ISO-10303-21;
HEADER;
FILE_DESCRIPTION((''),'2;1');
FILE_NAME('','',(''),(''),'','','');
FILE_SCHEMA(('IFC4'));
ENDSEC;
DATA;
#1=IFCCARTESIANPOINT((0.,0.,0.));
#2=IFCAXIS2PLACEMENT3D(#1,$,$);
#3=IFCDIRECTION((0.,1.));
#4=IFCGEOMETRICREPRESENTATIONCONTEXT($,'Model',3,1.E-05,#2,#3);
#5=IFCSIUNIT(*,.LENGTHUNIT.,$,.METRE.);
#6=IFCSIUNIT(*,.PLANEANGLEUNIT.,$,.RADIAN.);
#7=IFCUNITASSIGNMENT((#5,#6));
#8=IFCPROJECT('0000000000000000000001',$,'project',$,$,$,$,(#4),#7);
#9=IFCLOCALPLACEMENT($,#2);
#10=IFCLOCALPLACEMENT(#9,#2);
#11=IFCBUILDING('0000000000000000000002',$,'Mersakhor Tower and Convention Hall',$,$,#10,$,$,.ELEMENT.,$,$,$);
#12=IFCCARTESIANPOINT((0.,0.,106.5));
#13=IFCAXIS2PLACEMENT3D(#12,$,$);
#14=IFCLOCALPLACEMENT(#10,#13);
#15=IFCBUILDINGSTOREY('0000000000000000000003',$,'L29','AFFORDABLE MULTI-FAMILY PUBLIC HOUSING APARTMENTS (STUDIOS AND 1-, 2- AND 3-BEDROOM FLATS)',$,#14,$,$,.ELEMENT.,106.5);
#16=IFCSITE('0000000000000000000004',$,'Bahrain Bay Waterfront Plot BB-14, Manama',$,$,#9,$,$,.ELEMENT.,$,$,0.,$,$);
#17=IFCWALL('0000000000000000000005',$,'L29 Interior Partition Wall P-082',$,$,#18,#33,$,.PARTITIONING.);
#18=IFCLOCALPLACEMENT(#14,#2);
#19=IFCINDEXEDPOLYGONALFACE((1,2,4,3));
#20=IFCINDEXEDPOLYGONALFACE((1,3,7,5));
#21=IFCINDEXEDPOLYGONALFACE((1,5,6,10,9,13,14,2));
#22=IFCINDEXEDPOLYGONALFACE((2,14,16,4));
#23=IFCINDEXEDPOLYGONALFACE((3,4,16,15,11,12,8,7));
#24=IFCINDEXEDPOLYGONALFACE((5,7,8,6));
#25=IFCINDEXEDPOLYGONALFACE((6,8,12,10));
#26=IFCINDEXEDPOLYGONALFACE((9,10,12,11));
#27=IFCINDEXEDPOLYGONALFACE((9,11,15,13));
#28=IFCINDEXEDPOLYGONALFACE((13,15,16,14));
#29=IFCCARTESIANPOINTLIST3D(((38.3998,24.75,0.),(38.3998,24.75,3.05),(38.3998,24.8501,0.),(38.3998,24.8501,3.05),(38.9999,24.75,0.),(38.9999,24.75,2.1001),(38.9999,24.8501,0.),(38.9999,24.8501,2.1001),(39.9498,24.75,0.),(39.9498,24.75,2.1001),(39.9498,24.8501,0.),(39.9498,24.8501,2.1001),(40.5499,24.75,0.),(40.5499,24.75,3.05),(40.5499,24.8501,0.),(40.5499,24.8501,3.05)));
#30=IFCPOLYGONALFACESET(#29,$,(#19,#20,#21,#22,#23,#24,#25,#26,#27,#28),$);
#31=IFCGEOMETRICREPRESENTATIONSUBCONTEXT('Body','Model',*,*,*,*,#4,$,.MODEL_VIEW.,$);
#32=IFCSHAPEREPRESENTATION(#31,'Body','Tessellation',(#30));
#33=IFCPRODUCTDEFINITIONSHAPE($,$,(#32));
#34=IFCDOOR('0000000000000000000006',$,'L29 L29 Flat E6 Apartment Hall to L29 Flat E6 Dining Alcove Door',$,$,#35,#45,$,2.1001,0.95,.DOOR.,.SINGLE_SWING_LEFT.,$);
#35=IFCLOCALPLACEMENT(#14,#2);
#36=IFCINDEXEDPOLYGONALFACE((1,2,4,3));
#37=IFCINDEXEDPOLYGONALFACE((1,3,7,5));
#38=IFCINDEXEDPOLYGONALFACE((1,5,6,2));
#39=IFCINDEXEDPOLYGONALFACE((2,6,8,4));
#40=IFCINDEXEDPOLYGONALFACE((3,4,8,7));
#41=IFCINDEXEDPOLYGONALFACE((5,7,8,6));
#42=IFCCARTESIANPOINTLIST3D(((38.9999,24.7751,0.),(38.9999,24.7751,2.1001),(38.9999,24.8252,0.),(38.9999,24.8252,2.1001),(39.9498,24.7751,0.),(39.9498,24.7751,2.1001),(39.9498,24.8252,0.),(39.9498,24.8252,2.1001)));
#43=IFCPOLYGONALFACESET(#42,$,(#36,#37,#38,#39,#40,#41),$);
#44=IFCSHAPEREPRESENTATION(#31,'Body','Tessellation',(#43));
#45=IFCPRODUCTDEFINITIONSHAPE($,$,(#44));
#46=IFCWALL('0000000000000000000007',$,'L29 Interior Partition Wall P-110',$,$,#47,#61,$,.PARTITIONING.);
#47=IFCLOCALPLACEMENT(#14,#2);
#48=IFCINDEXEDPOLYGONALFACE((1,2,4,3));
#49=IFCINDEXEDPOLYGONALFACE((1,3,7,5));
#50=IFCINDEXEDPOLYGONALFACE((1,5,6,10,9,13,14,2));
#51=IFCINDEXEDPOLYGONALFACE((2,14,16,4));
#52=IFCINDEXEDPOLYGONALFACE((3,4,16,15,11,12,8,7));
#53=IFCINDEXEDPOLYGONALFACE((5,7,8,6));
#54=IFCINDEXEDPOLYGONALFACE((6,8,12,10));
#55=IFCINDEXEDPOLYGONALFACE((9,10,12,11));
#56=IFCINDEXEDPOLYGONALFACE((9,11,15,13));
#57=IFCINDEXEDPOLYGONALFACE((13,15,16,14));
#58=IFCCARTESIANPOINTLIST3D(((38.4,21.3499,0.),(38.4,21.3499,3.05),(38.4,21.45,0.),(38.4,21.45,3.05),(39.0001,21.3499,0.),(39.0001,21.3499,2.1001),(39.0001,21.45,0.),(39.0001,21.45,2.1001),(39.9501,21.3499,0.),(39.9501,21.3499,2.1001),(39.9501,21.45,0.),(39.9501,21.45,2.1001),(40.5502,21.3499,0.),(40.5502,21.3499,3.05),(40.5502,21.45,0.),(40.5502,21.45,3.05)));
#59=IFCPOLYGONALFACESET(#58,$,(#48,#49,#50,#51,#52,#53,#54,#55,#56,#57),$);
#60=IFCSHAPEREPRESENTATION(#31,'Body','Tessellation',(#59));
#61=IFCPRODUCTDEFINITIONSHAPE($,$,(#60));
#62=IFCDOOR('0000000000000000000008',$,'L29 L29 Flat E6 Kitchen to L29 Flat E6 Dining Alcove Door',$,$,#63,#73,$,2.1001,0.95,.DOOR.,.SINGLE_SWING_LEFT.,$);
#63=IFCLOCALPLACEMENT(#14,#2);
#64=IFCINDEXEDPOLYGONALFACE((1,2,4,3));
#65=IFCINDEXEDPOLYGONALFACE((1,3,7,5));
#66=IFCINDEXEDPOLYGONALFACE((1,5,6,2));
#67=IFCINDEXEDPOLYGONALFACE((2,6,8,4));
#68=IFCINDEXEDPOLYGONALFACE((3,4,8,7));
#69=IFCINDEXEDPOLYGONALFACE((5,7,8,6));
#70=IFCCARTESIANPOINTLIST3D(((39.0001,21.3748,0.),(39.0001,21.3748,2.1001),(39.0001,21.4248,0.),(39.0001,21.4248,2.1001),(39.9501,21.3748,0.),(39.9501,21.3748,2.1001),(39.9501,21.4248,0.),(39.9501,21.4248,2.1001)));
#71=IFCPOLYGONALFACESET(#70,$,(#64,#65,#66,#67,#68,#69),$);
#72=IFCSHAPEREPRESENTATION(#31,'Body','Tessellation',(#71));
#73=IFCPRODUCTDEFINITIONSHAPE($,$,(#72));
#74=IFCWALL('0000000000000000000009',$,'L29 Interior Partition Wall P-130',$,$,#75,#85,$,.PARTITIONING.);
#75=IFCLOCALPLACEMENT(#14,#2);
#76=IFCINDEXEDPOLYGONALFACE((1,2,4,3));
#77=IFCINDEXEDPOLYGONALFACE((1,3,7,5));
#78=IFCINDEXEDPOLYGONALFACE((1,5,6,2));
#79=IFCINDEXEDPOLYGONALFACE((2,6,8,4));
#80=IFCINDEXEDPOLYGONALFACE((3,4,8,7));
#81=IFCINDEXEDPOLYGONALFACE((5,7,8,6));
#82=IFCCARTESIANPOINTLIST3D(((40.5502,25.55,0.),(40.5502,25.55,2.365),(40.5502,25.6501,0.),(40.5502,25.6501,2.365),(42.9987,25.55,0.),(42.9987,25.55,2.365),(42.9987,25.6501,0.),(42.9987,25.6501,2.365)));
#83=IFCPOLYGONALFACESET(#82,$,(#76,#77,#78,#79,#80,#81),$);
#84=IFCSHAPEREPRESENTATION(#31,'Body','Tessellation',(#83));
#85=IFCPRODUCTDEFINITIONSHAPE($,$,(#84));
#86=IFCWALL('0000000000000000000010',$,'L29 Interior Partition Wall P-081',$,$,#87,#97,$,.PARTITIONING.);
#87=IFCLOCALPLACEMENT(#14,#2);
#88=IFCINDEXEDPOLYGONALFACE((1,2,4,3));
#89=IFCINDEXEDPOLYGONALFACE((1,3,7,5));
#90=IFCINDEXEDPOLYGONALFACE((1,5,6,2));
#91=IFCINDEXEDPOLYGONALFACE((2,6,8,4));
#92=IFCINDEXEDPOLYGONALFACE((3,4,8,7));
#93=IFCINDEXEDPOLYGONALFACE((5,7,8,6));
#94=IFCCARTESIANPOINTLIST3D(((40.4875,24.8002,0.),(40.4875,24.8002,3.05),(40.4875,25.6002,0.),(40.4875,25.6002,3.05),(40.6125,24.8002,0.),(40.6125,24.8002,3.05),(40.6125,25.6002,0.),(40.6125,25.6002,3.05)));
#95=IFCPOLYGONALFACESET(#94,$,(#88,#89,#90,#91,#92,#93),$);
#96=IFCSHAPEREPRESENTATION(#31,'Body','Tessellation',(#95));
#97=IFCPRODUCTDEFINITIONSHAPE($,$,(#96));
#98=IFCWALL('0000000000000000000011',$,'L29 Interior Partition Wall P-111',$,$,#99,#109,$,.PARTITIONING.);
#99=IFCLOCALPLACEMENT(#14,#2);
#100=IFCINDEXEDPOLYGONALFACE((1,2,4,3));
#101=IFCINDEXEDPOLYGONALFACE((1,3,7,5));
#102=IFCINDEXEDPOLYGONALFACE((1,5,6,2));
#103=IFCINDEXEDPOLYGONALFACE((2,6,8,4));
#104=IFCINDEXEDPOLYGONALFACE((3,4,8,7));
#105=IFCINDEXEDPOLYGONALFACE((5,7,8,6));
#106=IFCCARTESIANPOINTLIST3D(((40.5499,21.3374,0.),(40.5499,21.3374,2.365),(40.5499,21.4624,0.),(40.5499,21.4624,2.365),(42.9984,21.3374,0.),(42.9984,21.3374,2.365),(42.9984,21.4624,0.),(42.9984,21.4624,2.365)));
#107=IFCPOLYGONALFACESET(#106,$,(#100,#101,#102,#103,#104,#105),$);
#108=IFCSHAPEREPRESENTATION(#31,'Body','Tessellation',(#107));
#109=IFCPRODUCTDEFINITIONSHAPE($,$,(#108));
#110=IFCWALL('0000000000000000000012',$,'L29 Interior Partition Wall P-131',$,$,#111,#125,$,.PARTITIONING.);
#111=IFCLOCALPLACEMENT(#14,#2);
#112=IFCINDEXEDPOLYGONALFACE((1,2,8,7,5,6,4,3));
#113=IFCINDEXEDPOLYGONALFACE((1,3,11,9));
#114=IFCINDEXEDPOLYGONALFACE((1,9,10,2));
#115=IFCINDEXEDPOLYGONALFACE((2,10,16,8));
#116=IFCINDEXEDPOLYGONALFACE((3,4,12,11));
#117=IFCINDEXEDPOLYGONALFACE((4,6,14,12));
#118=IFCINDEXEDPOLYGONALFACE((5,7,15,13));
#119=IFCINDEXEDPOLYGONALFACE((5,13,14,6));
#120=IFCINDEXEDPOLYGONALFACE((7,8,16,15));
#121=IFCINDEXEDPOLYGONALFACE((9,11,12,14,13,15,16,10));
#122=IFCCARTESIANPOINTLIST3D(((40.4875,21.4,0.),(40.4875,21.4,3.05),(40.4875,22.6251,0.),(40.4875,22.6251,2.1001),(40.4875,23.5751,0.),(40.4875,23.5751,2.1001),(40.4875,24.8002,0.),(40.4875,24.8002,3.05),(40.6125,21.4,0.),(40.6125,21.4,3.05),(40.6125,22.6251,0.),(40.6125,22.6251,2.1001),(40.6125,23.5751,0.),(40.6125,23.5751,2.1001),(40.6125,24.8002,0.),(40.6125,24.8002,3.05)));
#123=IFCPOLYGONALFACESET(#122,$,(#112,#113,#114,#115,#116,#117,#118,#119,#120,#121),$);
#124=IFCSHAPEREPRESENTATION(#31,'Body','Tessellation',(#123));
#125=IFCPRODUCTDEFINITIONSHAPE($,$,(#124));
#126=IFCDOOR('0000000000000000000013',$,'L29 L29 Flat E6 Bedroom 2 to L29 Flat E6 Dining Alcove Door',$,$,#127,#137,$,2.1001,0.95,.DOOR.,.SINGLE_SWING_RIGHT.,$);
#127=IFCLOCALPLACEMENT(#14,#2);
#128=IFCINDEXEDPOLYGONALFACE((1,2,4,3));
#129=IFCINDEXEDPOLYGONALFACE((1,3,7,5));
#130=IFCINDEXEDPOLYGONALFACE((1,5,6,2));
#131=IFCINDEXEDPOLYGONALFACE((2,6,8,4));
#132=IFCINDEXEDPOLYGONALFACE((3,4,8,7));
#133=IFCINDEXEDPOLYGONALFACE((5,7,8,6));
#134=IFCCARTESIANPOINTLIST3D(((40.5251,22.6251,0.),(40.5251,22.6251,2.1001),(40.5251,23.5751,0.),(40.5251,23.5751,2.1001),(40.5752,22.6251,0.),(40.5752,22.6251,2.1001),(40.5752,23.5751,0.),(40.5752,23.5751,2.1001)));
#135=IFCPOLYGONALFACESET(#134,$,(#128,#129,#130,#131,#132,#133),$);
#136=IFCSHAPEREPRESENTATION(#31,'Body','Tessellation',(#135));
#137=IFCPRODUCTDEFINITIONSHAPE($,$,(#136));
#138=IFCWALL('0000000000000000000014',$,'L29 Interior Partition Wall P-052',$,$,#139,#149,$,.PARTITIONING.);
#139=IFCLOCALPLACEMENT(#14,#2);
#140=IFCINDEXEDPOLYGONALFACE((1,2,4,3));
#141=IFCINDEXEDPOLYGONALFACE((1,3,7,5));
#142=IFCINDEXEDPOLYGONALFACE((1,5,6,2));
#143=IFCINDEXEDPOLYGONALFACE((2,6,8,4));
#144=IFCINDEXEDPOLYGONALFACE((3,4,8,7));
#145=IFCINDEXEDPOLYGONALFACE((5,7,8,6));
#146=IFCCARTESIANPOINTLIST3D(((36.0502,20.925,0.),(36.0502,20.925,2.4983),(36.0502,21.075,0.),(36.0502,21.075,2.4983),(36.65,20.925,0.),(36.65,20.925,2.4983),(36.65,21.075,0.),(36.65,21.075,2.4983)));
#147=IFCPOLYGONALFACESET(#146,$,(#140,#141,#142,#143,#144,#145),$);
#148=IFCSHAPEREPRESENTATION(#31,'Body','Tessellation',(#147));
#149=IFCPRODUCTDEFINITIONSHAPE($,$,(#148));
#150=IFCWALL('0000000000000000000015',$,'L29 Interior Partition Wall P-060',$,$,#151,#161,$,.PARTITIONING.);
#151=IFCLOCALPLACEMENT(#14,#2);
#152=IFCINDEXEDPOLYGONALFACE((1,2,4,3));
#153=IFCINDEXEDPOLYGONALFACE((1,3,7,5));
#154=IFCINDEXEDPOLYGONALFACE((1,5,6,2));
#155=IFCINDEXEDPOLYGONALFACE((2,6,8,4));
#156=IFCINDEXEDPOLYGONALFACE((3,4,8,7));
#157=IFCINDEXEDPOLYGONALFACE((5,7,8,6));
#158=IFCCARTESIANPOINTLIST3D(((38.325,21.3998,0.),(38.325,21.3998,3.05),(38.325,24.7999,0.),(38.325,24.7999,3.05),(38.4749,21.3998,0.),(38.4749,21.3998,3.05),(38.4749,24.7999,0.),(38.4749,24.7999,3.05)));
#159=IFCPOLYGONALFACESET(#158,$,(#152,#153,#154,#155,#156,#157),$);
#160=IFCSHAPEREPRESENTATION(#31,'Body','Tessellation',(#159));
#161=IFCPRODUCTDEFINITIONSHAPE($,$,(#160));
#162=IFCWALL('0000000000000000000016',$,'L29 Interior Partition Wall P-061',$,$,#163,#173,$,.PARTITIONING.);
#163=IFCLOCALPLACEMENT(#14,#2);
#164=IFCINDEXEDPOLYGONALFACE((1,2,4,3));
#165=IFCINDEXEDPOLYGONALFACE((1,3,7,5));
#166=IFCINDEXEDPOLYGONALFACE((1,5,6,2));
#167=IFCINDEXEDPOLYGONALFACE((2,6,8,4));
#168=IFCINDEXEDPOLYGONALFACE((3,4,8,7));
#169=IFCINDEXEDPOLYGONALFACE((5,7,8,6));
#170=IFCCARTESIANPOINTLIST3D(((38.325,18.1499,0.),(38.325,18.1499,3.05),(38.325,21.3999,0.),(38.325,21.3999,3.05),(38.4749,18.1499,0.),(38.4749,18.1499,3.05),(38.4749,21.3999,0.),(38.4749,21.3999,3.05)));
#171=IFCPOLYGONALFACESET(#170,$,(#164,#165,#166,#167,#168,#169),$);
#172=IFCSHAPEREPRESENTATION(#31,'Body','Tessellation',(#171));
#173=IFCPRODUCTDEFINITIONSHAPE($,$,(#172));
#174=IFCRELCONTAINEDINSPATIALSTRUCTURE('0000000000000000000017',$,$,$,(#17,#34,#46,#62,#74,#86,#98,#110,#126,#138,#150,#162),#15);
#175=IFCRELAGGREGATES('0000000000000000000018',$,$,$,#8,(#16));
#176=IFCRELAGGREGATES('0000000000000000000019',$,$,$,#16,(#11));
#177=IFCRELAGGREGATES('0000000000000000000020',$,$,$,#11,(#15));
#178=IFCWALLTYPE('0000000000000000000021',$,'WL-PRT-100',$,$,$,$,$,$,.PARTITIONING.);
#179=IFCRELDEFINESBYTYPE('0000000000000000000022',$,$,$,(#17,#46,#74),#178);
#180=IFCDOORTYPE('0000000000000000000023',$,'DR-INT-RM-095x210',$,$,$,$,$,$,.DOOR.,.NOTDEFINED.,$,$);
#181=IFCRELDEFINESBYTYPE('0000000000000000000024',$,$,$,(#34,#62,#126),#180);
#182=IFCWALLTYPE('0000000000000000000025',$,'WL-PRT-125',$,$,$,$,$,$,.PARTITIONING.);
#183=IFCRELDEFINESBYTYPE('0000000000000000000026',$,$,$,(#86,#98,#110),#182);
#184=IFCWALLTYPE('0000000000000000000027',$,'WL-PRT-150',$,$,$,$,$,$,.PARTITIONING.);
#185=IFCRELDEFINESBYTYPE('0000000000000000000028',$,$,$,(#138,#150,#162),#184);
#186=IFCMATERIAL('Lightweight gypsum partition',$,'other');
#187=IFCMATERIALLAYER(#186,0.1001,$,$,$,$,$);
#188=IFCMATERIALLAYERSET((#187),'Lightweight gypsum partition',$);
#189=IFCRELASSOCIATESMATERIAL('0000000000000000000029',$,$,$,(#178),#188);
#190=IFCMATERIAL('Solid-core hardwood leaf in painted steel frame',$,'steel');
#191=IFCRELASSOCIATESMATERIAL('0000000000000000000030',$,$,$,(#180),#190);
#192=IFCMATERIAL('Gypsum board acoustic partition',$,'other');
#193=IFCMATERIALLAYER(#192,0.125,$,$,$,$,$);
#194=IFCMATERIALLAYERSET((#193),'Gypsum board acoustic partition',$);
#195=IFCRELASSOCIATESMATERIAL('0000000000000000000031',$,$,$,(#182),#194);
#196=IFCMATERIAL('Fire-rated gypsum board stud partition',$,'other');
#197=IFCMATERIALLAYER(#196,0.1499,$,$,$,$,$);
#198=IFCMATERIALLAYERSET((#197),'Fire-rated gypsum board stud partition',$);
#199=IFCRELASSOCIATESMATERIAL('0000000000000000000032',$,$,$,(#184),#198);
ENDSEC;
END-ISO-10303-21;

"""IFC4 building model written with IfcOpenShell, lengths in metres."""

from ifc_helpers import new_model, si_unit, direction, frame, frame_2d, origin, place, context, subcontext, project, spatial, rectangle, extrude, material, layer, layer_set, type_object, element, fill, save


model = new_model("IFC4")

# Units and contexts
model_context = context("Model", 3, precision=1e-05, world=origin(), true_north=direction((0.0, 1.0)))
body_context = subcontext(model_context, "Body", "Model", "MODEL_VIEW")
ifc_project = project(units=[si_unit("LENGTHUNIT", "METRE"), si_unit("PLANEANGLEUNIT", "RADIAN")], contexts=[model_context])

# Site, building, storey
site_placement = place(None, origin())
site = spatial("IfcSite", under=ifc_project, at=site_placement, Name="Bahrain Bay Waterfront Plot BB-14, Manama", CompositionType="ELEMENT", RefElevation=0.0)
building_placement = place(site_placement, origin())
building = spatial("IfcBuilding", under=site, at=building_placement, Name="Mersakhor Tower and Convention Hall", CompositionType="ELEMENT")
storey_placement = place(building_placement, frame((0.0, 0.0, 106.5)))
storey = spatial("IfcBuildingStorey", under=building, at=storey_placement, Name="L29", Description="AFFORDABLE MULTI-FAMILY PUBLIC HOUSING APARTMENTS (STUDIOS AND 1-, 2- AND 3-BEDROOM FLATS)", CompositionType="ELEMENT", Elevation=106.5)

# Walls, openings, doors
ifc_material_1 = material(Name="Lightweight gypsum partition", Category="other")
ifc_layer_1 = layer(ifc_material_1, 0.1001)
ifc_layer_set_1 = layer_set([ifc_layer_1], Name="Lightweight gypsum partition")
wall_type_1 = type_object("IfcWallType", Name="WL-PRT-100", PredefinedType="PARTITIONING", material=ifc_layer_set_1)
wall_1_placement = place(storey_placement, frame((40.55, 24.8, 0.0), z_axis=(0.0, 0.0, 1.0), x_axis=(-1.0, 0.0, 0.0)))
wall_1 = element("IfcWall", 1, at=wall_1_placement, inside=storey, type_object=wall_type_1, Name="L29 Interior Partition Wall P-082", PredefinedType="PARTITIONING", context=body_context, shape_type="SweptSolid", body=[
    extrude(rectangle(XDim=2.1501, YDim=0.1001, at=frame_2d((1.0752, 0.0))), origin(), (0.0, 0.0, 1.0), 3.05),
])
opening_1_placement = place(wall_1_placement, frame((0.6001, 0.0, 0.0)))
opening_1 = element("IfcOpeningElement", 2, at=opening_1_placement, cuts=wall_1, PredefinedType="OPENING", context=body_context, shape_type="SweptSolid", body=[
    extrude(rectangle(XDim=0.95, YDim=2.1001, at=frame_2d((0.4751, 1.05))), frame((0.0, 0.0601, 0.0), z_axis=(0.0, -1.0, 0.0), x_axis=(1.0, 0.0, 0.0)), (0.0, 0.0, 1.0), 0.1201),
])
ifc_material_2 = material(Name="Solid-core hardwood leaf in painted steel frame", Category="steel")
door_type = type_object("IfcDoorType", Name="DR-INT-RM-095x210", OperationType="NOTDEFINED", PredefinedType="DOOR", material=ifc_material_2)
door_1_placement = place(opening_1_placement, origin())
door_1 = element("IfcDoor", 3, at=door_1_placement, inside=storey, type_object=door_type, Name="L29 L29 Flat E6 Apartment Hall to L29 Flat E6 Dining Alcove Door", OperationType="SINGLE_SWING_LEFT", OverallHeight=2.1001, OverallWidth=0.95, PredefinedType="DOOR", context=body_context, shape_type="SweptSolid", body=[
    extrude(rectangle(XDim=0.95, YDim=2.1001, at=frame_2d((0.4751, 1.05))), frame((0.0, 0.0249, 0.0), z_axis=(0.0, -1.0, 0.0), x_axis=(1.0, 0.0, 0.0)), (0.0, 0.0, 1.0), 0.05),
])
fill(opening_1, door_1)
wall_2_placement = place(storey_placement, frame((38.3999, 21.3999, 0.0), z_axis=(0.0, 0.0, 1.0), x_axis=(1.0, 0.0, 0.0)))
wall_2 = element("IfcWall", 4, at=wall_2_placement, inside=storey, type_object=wall_type_1, Name="L29 Interior Partition Wall P-110", PredefinedType="PARTITIONING", context=body_context, shape_type="SweptSolid", body=[
    extrude(rectangle(XDim=2.1501, YDim=0.1001, at=frame_2d((1.0752, 0.0))), origin(), (0.0, 0.0, 1.0), 3.05),
])
opening_2_placement = place(wall_2_placement, frame((0.6001, 0.0, 0.0)))
opening_2 = element("IfcOpeningElement", 5, at=opening_2_placement, cuts=wall_2, PredefinedType="OPENING", context=body_context, shape_type="SweptSolid", body=[
    extrude(rectangle(XDim=0.95, YDim=2.1001, at=frame_2d((0.4751, 1.05))), frame((0.0, 0.0601, 0.0), z_axis=(0.0, -1.0, 0.0), x_axis=(1.0, 0.0, 0.0)), (0.0, 0.0, 1.0), 0.1201),
])
door_2_placement = place(opening_2_placement, origin())
door_2 = element("IfcDoor", 6, at=door_2_placement, inside=storey, type_object=door_type, Name="L29 L29 Flat E6 Kitchen to L29 Flat E6 Dining Alcove Door", OperationType="SINGLE_SWING_LEFT", OverallHeight=2.1001, OverallWidth=0.95, PredefinedType="DOOR", context=body_context, shape_type="SweptSolid", body=[
    extrude(rectangle(XDim=0.95, YDim=2.1001, at=frame_2d((0.4751, 1.05))), frame((0.0, 0.0249, 0.0), z_axis=(0.0, -1.0, 0.0), x_axis=(1.0, 0.0, 0.0)), (0.0, 0.0, 1.0), 0.05),
])
fill(opening_2, door_2)

# Walls
wall_3_placement = place(storey_placement, frame((42.9985, 25.6001, 0.0), z_axis=(0.0, 0.0, 1.0), x_axis=(-1.0, 0.0, 0.0)))
element("IfcWall", 7, at=wall_3_placement, inside=storey, type_object=wall_type_1, Name="L29 Interior Partition Wall P-130", PredefinedType="PARTITIONING", context=body_context, shape_type="SweptSolid", body=[
    extrude(rectangle(XDim=2.4485, YDim=0.1001, at=frame_2d((1.2241, 0.0))), origin(), (0.0, 0.0, 1.0), 2.365),
])
ifc_material_3 = material(Name="Gypsum board acoustic partition", Category="other")
ifc_layer_2 = layer(ifc_material_3, 0.125)
ifc_layer_set_2 = layer_set([ifc_layer_2], Name="Gypsum board acoustic partition")
wall_type_2 = type_object("IfcWallType", Name="WL-PRT-125", PredefinedType="PARTITIONING", material=ifc_layer_set_2)
wall_4_placement = place(storey_placement, frame((40.55, 25.6001, 0.0), z_axis=(0.0, 0.0, 1.0), x_axis=(0.0, -1.0, 0.0)))
element("IfcWall", 8, at=wall_4_placement, inside=storey, type_object=wall_type_2, Name="L29 Interior Partition Wall P-081", PredefinedType="PARTITIONING", context=body_context, shape_type="SweptSolid", body=[
    extrude(rectangle(XDim=0.8, YDim=0.125, at=frame_2d((0.3999, 0.0))), origin(), (0.0, 0.0, 1.0), 3.05),
])
wall_5_placement = place(storey_placement, frame((40.55, 21.3999, 0.0), z_axis=(0.0, 0.0, 1.0), x_axis=(1.0, 0.0, 0.0)))
element("IfcWall", 9, at=wall_5_placement, inside=storey, type_object=wall_type_2, Name="L29 Interior Partition Wall P-111", PredefinedType="PARTITIONING", context=body_context, shape_type="SweptSolid", body=[
    extrude(rectangle(XDim=2.4485, YDim=0.125, at=frame_2d((1.2241, 0.0))), origin(), (0.0, 0.0, 1.0), 2.365),
])

# Wall, opening, door
wall_6_placement = place(storey_placement, frame((40.55, 21.3999, 0.0), z_axis=(0.0, 0.0, 1.0), x_axis=(0.0, 1.0, 0.0)))
wall_6 = element("IfcWall", 10, at=wall_6_placement, inside=storey, type_object=wall_type_2, Name="L29 Interior Partition Wall P-131", PredefinedType="PARTITIONING", context=body_context, shape_type="SweptSolid", body=[
    extrude(rectangle(XDim=3.4001, YDim=0.125, at=frame_2d((1.7002, 0.0))), origin(), (0.0, 0.0, 1.0), 3.05),
])
opening_3_placement = place(wall_6_placement, frame((1.2251, 0.0, 0.0)))
opening_3 = element("IfcOpeningElement", 11, at=opening_3_placement, cuts=wall_6, PredefinedType="OPENING", context=body_context, shape_type="SweptSolid", body=[
    extrude(rectangle(XDim=0.95, YDim=2.1001, at=frame_2d((0.4751, 1.05))), frame((0.0, 0.0725, 0.0), z_axis=(0.0, -1.0, 0.0), x_axis=(1.0, 0.0, 0.0)), (0.0, 0.0, 1.0), 0.145),
])
door_3_placement = place(opening_3_placement, origin())
door_3 = element("IfcDoor", 12, at=door_3_placement, inside=storey, type_object=door_type, Name="L29 L29 Flat E6 Bedroom 2 to L29 Flat E6 Dining Alcove Door", OperationType="SINGLE_SWING_RIGHT", OverallHeight=2.1001, OverallWidth=0.95, PredefinedType="DOOR", context=body_context, shape_type="SweptSolid", body=[
    extrude(rectangle(XDim=0.95, YDim=2.1001, at=frame_2d((0.4751, 1.05))), frame((0.0, 0.0249, 0.0), z_axis=(0.0, -1.0, 0.0), x_axis=(1.0, 0.0, 0.0)), (0.0, 0.0, 1.0), 0.05),
])
fill(opening_3, door_3)

# Walls
ifc_material_4 = material(Name="Fire-rated gypsum board stud partition", Category="other")
ifc_layer_3 = layer(ifc_material_4, 0.1499)
ifc_layer_set_3 = layer_set([ifc_layer_3], Name="Fire-rated gypsum board stud partition")
wall_type_3 = type_object("IfcWallType", Name="WL-PRT-150", PredefinedType="PARTITIONING", material=ifc_layer_set_3)
wall_7_placement = place(storey_placement, frame((36.6499, 21.0, 0.0), z_axis=(0.0, 0.0, 1.0), x_axis=(-1.0, 0.0, 0.0)))
element("IfcWall", 13, at=wall_7_placement, inside=storey, type_object=wall_type_3, Name="L29 Interior Partition Wall P-052", PredefinedType="PARTITIONING", context=body_context, shape_type="SweptSolid", body=[
    extrude(rectangle(XDim=0.5999, YDim=0.1499, at=frame_2d((0.2998, 0.0))), origin(), (0.0, 0.0, 1.0), 2.4983),
])
wall_8_placement = place(storey_placement, frame((38.3999, 24.8, 0.0), z_axis=(0.0, 0.0, 1.0), x_axis=(0.0, -1.0, 0.0)))
element("IfcWall", 14, at=wall_8_placement, inside=storey, type_object=wall_type_3, Name="L29 Interior Partition Wall P-060", PredefinedType="PARTITIONING", context=body_context, shape_type="SweptSolid", body=[
    extrude(rectangle(XDim=3.4001, YDim=0.1499, at=frame_2d((1.7002, 0.0))), origin(), (0.0, 0.0, 1.0), 3.05),
])
wall_9_placement = place(storey_placement, frame((38.3999, 21.3999, 0.0), z_axis=(0.0, 0.0, 1.0), x_axis=(0.0, -1.0, 0.0)))
element("IfcWall", 15, at=wall_9_placement, inside=storey, type_object=wall_type_3, Name="L29 Interior Partition Wall P-061", PredefinedType="PARTITIONING", context=body_context, shape_type="SweptSolid", body=[
    extrude(rectangle(XDim=3.25, YDim=0.1499, at=frame_2d((1.625, 0.0))), origin(), (0.0, 0.0, 1.0), 3.05),
])

save(model, "model.ifc")
